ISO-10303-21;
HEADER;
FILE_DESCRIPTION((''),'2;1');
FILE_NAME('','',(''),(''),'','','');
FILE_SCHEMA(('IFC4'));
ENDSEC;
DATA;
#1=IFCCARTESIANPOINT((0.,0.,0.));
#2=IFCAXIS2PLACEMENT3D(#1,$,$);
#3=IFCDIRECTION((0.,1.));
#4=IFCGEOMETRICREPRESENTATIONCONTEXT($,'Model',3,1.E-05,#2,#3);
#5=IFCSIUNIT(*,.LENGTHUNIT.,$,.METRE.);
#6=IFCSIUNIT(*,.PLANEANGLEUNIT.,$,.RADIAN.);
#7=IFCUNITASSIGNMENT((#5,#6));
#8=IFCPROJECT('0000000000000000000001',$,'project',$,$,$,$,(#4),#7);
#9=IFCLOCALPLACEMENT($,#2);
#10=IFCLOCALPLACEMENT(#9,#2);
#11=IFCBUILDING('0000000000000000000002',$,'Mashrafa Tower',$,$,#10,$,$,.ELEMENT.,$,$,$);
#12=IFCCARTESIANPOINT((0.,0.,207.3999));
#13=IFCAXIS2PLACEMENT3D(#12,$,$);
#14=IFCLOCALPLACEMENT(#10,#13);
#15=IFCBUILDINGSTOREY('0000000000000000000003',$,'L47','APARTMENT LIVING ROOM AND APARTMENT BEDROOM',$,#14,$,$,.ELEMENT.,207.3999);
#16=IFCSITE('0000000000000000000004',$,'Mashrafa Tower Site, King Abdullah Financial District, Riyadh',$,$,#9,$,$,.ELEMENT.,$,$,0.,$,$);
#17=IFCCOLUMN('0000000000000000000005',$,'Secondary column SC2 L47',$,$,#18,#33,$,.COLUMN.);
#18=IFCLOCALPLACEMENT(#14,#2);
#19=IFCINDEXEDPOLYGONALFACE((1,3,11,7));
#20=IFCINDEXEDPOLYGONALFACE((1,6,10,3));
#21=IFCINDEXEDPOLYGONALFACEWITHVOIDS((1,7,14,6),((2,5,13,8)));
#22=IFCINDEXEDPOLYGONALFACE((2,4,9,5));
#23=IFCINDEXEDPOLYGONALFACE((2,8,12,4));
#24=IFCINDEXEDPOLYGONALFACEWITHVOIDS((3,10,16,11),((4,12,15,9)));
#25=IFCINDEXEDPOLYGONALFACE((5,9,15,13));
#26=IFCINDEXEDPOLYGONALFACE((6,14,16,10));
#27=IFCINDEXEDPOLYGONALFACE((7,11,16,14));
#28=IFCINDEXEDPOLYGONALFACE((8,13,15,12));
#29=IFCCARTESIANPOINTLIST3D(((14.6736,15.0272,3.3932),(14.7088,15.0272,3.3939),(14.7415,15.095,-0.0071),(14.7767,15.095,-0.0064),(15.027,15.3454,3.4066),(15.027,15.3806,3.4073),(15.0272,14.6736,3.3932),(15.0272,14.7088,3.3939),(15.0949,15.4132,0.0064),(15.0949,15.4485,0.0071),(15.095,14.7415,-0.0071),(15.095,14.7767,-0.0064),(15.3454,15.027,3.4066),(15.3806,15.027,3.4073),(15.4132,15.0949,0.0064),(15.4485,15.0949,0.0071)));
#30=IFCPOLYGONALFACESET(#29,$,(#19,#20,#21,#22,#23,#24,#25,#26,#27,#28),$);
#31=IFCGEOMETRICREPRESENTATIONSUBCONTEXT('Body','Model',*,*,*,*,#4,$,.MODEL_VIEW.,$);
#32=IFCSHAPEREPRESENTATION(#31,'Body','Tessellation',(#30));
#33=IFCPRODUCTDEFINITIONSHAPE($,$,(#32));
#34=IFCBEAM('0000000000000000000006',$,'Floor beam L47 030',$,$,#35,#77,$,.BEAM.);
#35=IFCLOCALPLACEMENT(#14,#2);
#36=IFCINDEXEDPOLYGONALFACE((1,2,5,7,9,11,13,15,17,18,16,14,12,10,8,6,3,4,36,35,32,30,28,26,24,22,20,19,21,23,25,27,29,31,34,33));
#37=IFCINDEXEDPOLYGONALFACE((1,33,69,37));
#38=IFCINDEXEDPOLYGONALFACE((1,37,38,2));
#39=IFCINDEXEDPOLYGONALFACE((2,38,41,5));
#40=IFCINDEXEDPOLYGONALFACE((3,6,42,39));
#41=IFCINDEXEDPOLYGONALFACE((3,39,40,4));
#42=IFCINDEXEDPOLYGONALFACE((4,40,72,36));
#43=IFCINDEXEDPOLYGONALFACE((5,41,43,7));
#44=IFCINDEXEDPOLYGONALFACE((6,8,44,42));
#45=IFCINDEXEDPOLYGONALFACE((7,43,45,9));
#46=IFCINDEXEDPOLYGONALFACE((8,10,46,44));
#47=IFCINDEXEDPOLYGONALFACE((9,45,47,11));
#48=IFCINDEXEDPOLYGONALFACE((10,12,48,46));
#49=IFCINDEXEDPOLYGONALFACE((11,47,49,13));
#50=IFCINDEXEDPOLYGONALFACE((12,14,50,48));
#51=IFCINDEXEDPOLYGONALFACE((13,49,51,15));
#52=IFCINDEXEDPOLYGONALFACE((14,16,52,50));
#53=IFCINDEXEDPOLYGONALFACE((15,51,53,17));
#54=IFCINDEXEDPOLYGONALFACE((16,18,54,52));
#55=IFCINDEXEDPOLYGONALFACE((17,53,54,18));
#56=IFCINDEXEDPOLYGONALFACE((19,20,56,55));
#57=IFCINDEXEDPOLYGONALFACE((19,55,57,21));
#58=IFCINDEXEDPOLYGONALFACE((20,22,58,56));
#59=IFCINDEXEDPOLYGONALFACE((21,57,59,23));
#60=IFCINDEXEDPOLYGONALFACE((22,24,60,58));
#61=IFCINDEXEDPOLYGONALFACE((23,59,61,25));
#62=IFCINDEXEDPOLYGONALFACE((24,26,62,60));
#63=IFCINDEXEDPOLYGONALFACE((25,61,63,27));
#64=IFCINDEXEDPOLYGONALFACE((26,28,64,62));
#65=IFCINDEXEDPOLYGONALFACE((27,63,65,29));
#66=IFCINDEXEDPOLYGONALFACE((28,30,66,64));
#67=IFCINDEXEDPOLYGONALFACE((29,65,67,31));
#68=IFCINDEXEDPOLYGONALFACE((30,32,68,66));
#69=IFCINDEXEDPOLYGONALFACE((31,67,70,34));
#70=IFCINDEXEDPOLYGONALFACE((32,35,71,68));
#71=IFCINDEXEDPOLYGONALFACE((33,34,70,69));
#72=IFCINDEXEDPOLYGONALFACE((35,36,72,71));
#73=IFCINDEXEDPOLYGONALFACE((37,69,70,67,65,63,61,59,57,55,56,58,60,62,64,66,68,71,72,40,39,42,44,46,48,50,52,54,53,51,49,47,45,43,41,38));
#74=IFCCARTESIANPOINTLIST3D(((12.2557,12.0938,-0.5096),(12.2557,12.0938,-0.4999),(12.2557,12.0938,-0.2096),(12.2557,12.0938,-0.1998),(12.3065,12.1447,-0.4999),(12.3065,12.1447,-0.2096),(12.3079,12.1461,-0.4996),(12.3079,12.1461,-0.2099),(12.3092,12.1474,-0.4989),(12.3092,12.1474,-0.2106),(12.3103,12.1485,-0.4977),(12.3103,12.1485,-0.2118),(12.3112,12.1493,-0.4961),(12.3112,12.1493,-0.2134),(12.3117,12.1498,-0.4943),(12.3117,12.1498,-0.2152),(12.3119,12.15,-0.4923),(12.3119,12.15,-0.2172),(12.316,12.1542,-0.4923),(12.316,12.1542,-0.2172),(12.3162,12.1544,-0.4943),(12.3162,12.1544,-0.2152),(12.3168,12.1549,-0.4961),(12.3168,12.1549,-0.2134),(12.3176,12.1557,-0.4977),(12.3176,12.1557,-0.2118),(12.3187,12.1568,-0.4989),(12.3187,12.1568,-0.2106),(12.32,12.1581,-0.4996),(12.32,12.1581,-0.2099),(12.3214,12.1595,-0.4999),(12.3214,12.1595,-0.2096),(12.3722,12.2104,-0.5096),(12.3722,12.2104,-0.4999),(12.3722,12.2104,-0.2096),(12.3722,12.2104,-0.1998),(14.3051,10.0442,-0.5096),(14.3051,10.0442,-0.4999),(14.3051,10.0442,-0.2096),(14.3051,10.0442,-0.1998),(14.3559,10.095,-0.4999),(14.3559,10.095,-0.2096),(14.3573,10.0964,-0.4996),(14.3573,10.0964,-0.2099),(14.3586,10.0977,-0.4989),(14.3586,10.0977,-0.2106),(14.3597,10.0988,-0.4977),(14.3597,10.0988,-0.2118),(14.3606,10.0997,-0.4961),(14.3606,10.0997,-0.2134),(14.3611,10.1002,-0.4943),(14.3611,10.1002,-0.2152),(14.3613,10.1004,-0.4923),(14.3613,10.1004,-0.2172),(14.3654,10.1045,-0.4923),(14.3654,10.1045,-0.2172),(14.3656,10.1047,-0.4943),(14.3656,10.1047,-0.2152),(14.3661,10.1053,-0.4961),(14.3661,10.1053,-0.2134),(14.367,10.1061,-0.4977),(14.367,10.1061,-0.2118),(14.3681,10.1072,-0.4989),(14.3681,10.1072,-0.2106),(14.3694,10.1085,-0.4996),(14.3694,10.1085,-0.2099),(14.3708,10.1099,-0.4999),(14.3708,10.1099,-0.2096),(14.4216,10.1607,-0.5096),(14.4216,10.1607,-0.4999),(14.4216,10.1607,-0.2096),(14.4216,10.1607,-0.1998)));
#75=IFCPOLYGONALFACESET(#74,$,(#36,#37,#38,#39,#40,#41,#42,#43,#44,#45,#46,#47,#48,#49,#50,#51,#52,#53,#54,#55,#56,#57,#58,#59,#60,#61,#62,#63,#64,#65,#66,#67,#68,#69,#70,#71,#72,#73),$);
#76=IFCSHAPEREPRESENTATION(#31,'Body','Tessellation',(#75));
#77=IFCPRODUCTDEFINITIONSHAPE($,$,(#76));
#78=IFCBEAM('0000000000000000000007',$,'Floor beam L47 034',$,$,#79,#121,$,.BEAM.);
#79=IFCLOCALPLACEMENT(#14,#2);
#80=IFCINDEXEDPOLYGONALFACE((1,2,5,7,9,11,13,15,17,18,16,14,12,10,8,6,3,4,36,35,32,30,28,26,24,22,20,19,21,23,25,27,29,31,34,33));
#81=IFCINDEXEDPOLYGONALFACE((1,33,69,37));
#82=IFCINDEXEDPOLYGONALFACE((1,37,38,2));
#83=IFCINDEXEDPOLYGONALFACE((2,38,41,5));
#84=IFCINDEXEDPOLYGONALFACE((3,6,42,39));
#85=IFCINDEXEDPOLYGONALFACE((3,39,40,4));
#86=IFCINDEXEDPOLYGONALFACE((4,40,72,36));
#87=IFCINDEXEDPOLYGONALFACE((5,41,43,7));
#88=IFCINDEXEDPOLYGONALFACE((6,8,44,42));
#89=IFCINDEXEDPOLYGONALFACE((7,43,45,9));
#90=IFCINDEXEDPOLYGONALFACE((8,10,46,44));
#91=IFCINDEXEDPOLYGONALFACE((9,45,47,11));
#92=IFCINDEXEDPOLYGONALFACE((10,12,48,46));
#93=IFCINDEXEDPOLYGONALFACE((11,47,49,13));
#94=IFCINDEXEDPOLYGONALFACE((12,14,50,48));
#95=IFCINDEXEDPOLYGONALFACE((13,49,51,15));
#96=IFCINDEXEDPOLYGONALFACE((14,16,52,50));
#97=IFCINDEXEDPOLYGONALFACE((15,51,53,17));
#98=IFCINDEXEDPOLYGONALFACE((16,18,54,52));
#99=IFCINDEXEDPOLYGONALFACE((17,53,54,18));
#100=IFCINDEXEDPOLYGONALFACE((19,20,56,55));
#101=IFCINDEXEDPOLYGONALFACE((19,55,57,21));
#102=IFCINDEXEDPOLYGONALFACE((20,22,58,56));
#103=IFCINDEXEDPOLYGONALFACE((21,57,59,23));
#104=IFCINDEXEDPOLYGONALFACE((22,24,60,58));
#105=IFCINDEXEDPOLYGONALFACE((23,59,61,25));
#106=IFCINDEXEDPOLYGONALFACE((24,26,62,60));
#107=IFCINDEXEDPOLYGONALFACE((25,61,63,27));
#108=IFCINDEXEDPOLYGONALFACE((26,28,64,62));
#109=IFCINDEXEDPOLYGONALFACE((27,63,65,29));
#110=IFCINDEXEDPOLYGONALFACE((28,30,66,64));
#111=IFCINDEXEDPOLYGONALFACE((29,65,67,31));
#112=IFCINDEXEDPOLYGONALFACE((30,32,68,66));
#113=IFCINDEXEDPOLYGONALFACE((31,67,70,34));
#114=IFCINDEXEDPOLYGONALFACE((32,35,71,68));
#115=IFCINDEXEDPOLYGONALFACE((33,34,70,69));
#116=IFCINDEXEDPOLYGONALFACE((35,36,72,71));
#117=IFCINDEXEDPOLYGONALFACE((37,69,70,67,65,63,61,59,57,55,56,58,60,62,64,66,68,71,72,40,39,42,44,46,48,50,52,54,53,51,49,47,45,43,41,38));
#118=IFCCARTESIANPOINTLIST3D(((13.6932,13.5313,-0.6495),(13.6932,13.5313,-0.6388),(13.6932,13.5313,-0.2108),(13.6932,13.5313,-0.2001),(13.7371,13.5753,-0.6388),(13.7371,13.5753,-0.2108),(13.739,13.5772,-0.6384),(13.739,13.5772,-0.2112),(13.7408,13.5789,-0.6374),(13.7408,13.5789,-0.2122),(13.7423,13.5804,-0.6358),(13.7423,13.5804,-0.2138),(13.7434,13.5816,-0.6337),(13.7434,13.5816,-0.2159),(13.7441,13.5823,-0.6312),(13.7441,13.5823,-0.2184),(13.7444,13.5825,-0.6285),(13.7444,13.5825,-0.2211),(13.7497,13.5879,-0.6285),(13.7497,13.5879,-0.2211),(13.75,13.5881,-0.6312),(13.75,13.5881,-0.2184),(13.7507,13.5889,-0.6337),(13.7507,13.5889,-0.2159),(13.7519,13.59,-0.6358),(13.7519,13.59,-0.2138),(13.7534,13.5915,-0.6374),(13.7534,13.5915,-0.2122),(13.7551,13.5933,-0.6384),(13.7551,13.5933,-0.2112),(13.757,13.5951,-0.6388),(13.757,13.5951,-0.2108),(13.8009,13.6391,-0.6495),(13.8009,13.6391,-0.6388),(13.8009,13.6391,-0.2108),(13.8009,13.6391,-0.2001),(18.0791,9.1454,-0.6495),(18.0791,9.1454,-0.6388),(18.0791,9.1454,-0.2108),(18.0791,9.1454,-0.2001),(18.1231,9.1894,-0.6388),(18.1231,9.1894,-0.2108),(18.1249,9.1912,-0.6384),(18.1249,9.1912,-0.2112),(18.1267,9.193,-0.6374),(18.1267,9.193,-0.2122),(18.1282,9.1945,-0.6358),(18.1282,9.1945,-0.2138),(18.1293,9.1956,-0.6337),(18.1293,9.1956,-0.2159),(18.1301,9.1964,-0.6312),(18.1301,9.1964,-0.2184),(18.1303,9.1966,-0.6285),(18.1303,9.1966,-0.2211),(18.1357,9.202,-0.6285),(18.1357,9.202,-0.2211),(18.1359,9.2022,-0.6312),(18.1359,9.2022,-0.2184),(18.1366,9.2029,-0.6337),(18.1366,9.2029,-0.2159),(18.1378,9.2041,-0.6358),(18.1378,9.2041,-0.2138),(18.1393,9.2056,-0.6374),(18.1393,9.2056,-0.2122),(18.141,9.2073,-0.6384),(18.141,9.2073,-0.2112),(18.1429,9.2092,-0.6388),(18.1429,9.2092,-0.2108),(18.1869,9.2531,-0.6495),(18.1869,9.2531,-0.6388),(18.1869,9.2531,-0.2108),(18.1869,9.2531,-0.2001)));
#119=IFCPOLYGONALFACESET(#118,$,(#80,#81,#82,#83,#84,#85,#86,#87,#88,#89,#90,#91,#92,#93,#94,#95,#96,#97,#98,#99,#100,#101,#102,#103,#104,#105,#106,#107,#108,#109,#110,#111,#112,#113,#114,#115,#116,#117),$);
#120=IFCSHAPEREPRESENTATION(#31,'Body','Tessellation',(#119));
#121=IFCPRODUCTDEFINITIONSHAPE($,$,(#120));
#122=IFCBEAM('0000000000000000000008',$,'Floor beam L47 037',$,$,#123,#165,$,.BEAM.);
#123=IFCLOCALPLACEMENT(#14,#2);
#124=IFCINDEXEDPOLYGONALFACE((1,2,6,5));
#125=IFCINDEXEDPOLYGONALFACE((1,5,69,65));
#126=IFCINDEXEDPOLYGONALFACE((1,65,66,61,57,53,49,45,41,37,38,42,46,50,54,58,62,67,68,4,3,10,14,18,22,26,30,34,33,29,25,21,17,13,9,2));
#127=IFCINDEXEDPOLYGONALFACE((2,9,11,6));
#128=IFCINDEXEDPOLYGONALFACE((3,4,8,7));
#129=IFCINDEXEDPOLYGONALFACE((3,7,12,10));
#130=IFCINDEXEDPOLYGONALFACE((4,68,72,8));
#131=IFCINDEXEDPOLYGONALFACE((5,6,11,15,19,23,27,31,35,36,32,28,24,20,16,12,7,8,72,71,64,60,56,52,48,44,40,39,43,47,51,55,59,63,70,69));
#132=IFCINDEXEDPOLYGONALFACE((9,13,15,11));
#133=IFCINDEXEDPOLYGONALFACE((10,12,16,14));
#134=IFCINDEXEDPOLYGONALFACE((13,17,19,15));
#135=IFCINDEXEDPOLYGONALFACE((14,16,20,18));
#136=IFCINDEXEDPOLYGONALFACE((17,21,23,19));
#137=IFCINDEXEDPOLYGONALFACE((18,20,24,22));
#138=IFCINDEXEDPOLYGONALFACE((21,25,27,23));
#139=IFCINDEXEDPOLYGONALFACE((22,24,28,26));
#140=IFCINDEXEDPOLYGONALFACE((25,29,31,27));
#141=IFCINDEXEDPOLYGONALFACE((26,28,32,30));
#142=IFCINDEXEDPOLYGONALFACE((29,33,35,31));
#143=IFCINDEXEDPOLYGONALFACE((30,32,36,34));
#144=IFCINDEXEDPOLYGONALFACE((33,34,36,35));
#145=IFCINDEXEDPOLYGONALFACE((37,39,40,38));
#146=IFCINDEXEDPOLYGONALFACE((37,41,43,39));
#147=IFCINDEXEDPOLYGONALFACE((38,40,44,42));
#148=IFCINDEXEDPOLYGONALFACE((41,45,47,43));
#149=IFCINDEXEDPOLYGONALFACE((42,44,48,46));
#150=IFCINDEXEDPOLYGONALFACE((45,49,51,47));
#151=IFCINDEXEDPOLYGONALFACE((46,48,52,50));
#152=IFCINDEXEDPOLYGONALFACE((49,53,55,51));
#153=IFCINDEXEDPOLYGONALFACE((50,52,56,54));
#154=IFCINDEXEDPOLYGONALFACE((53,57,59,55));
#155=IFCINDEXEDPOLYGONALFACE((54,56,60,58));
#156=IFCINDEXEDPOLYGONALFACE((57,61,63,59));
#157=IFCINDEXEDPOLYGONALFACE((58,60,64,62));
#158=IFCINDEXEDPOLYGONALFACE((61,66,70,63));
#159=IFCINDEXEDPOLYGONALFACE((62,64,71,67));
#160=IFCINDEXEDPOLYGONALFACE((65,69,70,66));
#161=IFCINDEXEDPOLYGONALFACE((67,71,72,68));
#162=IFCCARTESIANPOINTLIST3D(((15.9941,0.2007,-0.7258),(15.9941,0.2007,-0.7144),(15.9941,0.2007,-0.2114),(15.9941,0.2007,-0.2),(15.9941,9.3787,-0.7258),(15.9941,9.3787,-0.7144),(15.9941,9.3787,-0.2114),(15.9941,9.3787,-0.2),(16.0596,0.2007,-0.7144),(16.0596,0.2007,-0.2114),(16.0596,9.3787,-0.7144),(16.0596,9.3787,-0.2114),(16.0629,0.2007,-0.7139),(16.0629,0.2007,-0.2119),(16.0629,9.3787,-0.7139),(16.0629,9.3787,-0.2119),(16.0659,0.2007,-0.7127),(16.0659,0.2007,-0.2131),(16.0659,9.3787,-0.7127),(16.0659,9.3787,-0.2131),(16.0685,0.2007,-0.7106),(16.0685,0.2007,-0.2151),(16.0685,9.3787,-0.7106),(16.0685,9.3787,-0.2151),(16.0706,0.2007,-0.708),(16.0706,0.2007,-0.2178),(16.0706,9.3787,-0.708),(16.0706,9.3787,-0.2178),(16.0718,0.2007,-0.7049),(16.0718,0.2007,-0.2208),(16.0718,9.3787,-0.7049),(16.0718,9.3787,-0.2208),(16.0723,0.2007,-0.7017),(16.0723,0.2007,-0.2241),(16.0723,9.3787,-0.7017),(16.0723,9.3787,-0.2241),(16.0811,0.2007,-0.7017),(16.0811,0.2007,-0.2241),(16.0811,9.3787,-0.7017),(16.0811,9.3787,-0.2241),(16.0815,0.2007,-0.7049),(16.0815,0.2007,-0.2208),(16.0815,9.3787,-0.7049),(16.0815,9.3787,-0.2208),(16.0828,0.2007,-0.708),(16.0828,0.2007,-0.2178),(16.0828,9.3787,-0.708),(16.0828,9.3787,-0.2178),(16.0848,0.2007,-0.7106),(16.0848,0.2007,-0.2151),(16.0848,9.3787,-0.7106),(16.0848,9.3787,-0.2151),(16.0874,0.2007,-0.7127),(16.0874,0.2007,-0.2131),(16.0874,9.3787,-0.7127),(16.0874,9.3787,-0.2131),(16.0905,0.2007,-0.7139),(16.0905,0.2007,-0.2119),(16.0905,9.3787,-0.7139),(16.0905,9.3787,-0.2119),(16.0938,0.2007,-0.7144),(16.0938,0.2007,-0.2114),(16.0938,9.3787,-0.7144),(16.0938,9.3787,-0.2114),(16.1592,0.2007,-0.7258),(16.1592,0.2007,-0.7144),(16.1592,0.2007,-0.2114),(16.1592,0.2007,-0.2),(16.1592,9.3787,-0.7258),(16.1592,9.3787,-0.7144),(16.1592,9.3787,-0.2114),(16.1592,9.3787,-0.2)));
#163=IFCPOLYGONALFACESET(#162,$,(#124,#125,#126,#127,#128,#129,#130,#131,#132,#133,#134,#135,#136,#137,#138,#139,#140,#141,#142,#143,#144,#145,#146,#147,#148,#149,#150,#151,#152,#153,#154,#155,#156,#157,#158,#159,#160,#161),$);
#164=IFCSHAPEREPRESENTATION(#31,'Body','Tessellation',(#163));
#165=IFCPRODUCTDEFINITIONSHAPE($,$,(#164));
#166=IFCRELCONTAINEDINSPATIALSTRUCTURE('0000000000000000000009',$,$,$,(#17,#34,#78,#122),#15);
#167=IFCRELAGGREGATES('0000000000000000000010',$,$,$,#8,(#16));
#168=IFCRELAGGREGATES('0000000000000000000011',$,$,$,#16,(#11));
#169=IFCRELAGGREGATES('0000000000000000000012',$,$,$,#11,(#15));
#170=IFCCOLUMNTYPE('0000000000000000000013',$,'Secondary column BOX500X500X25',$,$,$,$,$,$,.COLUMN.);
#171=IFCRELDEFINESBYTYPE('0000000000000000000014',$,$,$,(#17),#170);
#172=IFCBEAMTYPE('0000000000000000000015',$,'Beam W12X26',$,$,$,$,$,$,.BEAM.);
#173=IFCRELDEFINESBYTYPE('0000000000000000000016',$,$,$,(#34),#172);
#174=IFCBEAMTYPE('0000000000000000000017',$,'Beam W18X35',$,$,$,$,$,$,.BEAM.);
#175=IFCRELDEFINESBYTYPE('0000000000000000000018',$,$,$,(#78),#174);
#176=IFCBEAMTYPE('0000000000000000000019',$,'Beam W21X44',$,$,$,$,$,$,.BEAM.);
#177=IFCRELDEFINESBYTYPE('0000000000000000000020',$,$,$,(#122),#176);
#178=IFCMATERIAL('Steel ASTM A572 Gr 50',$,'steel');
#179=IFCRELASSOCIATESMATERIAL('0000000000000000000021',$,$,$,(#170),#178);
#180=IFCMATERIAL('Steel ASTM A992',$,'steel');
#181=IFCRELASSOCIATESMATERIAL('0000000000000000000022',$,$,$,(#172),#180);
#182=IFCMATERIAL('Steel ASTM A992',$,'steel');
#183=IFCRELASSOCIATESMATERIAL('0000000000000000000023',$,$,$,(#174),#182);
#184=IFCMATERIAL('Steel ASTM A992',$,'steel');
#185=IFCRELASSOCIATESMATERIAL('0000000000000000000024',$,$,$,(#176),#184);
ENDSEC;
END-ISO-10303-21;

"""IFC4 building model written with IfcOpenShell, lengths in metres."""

from ifc_helpers import new_model, si_unit, direction, frame, origin, origin_2d, place, context, subcontext, project, spatial, hollow_rectangle, i_section, extrude, material, material_profile, profile_set, type_object, element, save


model = new_model("IFC4")

# Units and contexts
model_context = context("Model", 3, precision=1e-05, world=origin(), true_north=direction((0.0, 1.0)))
body_context = subcontext(model_context, "Body", "Model", "MODEL_VIEW")
ifc_project = project(units=[si_unit("LENGTHUNIT", "METRE"), si_unit("PLANEANGLEUNIT", "RADIAN")], contexts=[model_context])

# Site, building, storey
site_placement = place(None, origin())
site = spatial("IfcSite", under=ifc_project, at=site_placement, Name="Mashrafa Tower Site, King Abdullah Financial District, Riyadh", CompositionType="ELEMENT", RefElevation=0.0)
building_placement = place(site_placement, origin())
building = spatial("IfcBuilding", under=site, at=building_placement, Name="Mashrafa Tower", CompositionType="ELEMENT")
storey_placement = place(building_placement, frame((0.0, 0.0, 207.3999)))
storey = spatial("IfcBuildingStorey", under=building, at=storey_placement, Name="L47", Description="APARTMENT LIVING ROOM AND APARTMENT BEDROOM", CompositionType="ELEMENT", Elevation=207.3999)

# Column
ifc_material_1 = material(Name="Steel ASTM A572 Gr 50", Category="steel")
ifc_material_profile_1 = material_profile(ifc_material_1, hollow_rectangle(XDim=0.5, YDim=0.5, WallThickness=0.0249, at=origin_2d()), Name="BOX500X500X25")
ifc_profile_set_1 = profile_set([ifc_material_profile_1], Name="Steel ASTM A572 Gr 50")
column_type = type_object("IfcColumnType", Name="Secondary column BOX500X500X25", PredefinedType="COLUMN", material=ifc_profile_set_1)
column_placement = place(storey_placement, frame((15.095, 15.095, 0.0), z_axis=(-0.019953, -0.019953, 0.999602), x_axis=(0.707107, -0.707107, 0.0)))
element("IfcColumn", 1, at=column_placement, inside=storey, type_object=column_type, Name="Secondary column SC2 L47", PredefinedType="COLUMN", context=body_context, shape_type="SweptSolid", body=[
    extrude(hollow_rectangle(XDim=0.5, YDim=0.5, WallThickness=0.0249, at=origin_2d()), origin(), (0.0, 0.0, 1.0), 3.4016),
])

# Beams
ifc_material_2 = material(Name="Steel ASTM A992", Category="steel")
ifc_material_profile_2 = material_profile(ifc_material_2, i_section(OverallWidth=0.1648, OverallDepth=0.3098, WebThickness=0.0059, FlangeThickness=0.0098, FilletRadius=0.0076, at=origin_2d()), Name="W12X26")
ifc_profile_set_2 = profile_set([ifc_material_profile_2], Name="Steel ASTM A992")
beam_type_1 = type_object("IfcBeamType", Name="Beam W12X26", PredefinedType="BEAM", material=ifc_profile_set_2)
beam_1_placement = place(storey_placement, frame((12.314, 12.1521, -0.3547), z_axis=(0.707065, -0.707149, 0.0), x_axis=(0.707149, 0.707065, 0.0)))
element("IfcBeam", 2, at=beam_1_placement, inside=storey, type_object=beam_type_1, Name="Floor beam L47 030", PredefinedType="BEAM", context=body_context, shape_type="SweptSolid", body=[
    extrude(i_section(OverallWidth=0.1648, OverallDepth=0.3098, WebThickness=0.0059, FlangeThickness=0.0098, FilletRadius=0.0076, at=origin_2d()), origin(), (0.0, 0.0, 1.0), 2.8984),
])
ifc_material_3 = material(Name="Steel ASTM A992", Category="steel")
ifc_material_profile_3 = material_profile(ifc_material_3, i_section(OverallWidth=0.1523, OverallDepth=0.4495, WebThickness=0.0076, FlangeThickness=0.0107, FilletRadius=0.0103, at=origin_2d()), Name="W18X35")
ifc_profile_set_3 = profile_set([ifc_material_profile_3], Name="Steel ASTM A992")
beam_type_2 = type_object("IfcBeamType", Name="Beam W18X35", PredefinedType="BEAM", material=ifc_profile_set_3)
beam_2_placement = place(storey_placement, frame((13.7471, 13.5852, -0.4248), z_axis=(0.707107, -0.707107, 0.0), x_axis=(0.707107, 0.707107, 0.0)))
element("IfcBeam", 3, at=beam_2_placement, inside=storey, type_object=beam_type_2, Name="Floor beam L47 034", PredefinedType="BEAM", context=body_context, shape_type="SweptSolid", body=[
    extrude(i_section(OverallWidth=0.1523, OverallDepth=0.4495, WebThickness=0.0076, FlangeThickness=0.0107, FilletRadius=0.0103, at=origin_2d()), origin(), (0.0, 0.0, 1.0), 6.2026),
])
ifc_material_4 = material(Name="Steel ASTM A992", Category="steel")
ifc_material_profile_4 = material_profile(ifc_material_4, i_section(OverallWidth=0.165, OverallDepth=0.5259, WebThickness=0.0088, FlangeThickness=0.0115, FilletRadius=0.0127, at=origin_2d()), Name="W21X44")
ifc_profile_set_4 = profile_set([ifc_material_profile_4], Name="Steel ASTM A992")
beam_type_3 = type_object("IfcBeamType", Name="Beam W21X44", PredefinedType="BEAM", material=ifc_profile_set_4)
beam_3_placement = place(storey_placement, frame((16.0767, 9.3787, -0.4629), z_axis=(0.0, -1.0, 0.0), x_axis=(1.0, 0.0, 0.0)))
element("IfcBeam", 4, at=beam_3_placement, inside=storey, type_object=beam_type_3, Name="Floor beam L47 037", PredefinedType="BEAM", context=body_context, shape_type="SweptSolid", body=[
    extrude(i_section(OverallWidth=0.165, OverallDepth=0.5259, WebThickness=0.0088, FlangeThickness=0.0115, FilletRadius=0.0127, at=origin_2d()), origin(), (0.0, 0.0, 1.0), 9.178),
])

save(model, "model.ifc")
